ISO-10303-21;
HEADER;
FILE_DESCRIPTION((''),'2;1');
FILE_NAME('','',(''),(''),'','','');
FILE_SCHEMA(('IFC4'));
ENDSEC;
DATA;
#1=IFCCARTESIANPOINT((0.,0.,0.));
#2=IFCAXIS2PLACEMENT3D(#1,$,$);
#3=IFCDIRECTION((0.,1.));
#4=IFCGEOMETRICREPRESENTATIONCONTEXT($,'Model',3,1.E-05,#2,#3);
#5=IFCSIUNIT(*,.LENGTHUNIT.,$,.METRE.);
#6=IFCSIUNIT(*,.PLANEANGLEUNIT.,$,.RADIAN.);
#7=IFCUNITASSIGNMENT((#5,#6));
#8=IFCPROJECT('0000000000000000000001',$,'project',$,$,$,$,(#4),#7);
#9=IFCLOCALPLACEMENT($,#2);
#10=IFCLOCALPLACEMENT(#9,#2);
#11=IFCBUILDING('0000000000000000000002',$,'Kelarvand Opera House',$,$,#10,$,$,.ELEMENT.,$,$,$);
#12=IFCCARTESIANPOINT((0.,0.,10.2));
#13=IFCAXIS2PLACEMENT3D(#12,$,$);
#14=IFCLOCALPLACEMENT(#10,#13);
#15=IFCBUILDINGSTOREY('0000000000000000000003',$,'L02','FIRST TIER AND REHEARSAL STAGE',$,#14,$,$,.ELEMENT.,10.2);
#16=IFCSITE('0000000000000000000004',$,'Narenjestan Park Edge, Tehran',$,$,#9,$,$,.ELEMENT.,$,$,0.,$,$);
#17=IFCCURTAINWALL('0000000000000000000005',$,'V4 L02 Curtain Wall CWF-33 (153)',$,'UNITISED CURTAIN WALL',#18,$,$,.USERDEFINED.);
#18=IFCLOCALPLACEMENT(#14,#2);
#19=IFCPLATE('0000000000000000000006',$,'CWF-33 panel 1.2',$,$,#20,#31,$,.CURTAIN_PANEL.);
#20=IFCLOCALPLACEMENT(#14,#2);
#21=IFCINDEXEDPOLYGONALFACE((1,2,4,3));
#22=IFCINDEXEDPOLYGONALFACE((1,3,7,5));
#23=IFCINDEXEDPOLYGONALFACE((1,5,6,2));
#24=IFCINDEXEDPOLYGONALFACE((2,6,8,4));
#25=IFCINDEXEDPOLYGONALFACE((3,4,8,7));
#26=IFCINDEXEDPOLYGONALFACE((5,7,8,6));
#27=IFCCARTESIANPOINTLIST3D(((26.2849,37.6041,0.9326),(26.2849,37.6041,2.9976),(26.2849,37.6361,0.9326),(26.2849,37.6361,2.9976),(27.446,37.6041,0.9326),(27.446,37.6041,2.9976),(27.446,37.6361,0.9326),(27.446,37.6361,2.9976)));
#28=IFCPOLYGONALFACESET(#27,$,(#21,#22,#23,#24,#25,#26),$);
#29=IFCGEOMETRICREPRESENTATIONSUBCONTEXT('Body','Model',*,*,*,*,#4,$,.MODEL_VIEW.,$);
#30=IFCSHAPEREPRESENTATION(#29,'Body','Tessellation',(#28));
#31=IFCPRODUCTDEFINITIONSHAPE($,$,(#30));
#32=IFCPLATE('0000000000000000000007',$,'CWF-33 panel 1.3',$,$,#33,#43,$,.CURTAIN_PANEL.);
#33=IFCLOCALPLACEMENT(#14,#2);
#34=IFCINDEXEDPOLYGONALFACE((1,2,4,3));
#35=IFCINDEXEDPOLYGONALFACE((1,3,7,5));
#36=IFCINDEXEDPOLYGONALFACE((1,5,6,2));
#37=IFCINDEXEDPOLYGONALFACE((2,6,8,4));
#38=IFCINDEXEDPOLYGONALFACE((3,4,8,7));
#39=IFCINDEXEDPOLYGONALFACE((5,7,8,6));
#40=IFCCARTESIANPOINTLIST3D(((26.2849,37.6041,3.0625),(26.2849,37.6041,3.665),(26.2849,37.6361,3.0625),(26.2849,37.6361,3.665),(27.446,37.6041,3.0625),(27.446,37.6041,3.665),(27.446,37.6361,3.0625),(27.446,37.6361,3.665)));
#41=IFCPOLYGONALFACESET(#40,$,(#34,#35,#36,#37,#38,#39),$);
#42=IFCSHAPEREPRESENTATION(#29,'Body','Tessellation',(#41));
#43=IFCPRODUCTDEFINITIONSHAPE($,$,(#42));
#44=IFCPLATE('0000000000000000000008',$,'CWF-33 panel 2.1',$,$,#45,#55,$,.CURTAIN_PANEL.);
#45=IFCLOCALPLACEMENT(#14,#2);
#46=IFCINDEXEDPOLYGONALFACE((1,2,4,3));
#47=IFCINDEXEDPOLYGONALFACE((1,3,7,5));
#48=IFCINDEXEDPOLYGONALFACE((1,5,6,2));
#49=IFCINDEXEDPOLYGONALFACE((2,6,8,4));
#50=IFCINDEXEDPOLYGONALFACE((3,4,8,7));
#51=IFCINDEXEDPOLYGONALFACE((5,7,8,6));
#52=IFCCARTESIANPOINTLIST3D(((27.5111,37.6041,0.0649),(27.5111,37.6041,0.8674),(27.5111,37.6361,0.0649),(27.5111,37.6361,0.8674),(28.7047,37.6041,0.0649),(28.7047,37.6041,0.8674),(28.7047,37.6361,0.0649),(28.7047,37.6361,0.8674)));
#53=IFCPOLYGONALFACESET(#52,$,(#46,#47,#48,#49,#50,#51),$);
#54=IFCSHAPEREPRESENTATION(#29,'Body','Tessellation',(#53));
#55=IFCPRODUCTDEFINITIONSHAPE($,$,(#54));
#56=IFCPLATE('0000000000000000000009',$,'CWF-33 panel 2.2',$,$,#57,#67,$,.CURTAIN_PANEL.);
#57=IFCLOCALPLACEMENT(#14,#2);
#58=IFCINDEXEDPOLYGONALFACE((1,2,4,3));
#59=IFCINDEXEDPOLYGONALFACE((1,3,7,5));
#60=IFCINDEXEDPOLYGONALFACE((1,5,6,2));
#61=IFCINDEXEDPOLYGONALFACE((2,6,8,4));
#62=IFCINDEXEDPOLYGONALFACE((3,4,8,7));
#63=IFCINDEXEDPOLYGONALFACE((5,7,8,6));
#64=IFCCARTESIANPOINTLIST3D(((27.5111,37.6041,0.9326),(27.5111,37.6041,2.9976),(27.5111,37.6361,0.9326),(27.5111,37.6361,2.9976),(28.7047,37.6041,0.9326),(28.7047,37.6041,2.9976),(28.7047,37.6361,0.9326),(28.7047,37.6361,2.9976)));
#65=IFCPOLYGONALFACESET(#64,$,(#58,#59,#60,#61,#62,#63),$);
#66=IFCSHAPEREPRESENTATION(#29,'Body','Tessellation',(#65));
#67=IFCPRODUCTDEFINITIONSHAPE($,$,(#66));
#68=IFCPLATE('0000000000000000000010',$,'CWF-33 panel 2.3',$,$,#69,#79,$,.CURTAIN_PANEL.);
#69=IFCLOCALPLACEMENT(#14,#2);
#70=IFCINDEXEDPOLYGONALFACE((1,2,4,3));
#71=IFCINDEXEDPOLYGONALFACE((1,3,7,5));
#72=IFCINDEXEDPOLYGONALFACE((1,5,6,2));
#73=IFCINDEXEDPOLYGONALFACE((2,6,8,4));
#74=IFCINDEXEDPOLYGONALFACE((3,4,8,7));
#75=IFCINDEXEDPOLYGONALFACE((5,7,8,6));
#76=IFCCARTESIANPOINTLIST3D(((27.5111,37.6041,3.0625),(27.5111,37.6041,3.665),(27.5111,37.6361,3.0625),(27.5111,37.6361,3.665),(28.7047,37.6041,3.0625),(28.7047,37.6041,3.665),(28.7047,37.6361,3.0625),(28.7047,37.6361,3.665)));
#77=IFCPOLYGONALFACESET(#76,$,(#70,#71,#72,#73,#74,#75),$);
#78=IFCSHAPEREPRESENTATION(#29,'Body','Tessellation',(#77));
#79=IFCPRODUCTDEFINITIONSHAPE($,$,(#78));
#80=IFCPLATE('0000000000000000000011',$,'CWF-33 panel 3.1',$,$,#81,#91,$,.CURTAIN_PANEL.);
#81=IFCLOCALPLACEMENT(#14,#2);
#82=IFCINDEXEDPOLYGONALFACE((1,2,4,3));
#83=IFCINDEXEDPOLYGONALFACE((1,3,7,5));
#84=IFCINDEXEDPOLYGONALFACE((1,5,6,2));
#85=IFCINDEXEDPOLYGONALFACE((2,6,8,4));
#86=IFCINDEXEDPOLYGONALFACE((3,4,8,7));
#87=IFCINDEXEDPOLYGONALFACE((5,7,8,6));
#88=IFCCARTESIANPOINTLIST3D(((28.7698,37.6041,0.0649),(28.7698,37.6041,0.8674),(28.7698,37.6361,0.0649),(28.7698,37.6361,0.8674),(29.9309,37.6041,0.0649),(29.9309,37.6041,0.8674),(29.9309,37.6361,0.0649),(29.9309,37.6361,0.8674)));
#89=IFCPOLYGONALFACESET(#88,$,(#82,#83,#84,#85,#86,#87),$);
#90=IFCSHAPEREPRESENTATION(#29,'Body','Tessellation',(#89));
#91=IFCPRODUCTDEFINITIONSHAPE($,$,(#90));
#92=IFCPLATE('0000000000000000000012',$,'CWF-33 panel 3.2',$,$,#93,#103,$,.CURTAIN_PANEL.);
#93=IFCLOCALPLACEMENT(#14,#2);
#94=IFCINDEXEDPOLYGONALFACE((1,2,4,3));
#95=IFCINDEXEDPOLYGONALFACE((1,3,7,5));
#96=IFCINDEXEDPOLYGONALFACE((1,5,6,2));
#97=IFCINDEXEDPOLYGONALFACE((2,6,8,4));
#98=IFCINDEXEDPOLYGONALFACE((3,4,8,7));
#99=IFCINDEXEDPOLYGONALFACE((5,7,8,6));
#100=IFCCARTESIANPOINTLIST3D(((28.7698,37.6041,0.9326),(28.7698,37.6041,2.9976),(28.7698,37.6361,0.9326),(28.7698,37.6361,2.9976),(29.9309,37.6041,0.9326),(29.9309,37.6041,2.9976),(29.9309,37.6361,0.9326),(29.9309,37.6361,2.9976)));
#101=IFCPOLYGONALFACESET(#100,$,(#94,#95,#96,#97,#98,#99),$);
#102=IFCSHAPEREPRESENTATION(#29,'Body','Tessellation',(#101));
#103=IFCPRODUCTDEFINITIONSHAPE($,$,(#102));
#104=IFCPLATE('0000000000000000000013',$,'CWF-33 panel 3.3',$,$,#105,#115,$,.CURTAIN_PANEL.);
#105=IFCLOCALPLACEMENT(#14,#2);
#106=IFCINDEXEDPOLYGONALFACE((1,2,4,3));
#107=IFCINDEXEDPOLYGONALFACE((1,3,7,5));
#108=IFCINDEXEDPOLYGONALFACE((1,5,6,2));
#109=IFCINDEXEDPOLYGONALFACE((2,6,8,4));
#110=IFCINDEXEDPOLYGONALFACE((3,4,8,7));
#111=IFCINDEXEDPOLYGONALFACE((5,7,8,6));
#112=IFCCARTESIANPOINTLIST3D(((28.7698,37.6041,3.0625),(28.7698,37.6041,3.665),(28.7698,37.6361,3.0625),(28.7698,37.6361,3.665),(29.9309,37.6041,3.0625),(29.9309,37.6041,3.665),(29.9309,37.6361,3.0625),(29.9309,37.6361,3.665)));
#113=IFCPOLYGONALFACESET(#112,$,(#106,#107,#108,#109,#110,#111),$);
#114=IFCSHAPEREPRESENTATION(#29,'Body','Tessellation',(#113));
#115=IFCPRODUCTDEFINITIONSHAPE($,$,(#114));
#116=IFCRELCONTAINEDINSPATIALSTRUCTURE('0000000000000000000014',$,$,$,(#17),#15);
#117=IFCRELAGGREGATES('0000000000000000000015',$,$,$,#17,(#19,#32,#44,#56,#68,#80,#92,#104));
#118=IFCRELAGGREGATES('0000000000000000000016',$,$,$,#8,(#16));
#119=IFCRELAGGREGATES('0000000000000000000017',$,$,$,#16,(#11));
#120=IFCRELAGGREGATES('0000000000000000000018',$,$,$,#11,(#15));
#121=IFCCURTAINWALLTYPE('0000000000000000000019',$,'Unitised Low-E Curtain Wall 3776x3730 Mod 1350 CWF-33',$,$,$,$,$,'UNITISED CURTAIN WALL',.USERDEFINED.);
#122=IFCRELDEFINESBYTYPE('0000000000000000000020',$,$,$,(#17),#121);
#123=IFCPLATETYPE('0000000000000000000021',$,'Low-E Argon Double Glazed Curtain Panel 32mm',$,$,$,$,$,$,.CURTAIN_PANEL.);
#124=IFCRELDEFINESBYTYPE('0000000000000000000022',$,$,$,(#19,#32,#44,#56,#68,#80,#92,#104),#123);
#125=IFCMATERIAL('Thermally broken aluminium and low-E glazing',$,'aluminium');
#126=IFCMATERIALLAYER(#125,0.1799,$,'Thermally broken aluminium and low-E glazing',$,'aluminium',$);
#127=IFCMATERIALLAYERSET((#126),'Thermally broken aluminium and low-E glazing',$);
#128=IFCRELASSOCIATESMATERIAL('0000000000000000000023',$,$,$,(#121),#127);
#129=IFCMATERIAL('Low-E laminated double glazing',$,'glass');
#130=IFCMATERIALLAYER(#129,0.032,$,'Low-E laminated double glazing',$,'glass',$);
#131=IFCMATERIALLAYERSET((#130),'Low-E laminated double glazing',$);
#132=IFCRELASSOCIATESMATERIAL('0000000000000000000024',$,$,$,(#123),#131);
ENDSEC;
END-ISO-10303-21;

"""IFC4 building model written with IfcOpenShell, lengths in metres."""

from ifc_helpers import new_model, si_unit, direction, frame, origin, origin_2d, place, context, subcontext, project, spatial, rectangle, extrude, material, layer, layer_set, type_object, element, aggregate, save


model = new_model("IFC4")

# Units and contexts
model_context = context("Model", 3, precision=1e-05, world=origin(), true_north=direction((0.0, 1.0)))
body_context = subcontext(model_context, "Body", "Model", "MODEL_VIEW")
ifc_project = project(units=[si_unit("LENGTHUNIT", "METRE"), si_unit("PLANEANGLEUNIT", "RADIAN")], contexts=[model_context])

# Site, building, storey
site_placement = place(None, origin())
site = spatial("IfcSite", under=ifc_project, at=site_placement, Name="Narenjestan Park Edge, Tehran", CompositionType="ELEMENT", RefElevation=0.0)
building_placement = place(site_placement, origin())
building = spatial("IfcBuilding", under=site, at=building_placement, Name="Kelarvand Opera House", CompositionType="ELEMENT")
storey_placement = place(building_placement, frame((0.0, 0.0, 10.2)))
storey = spatial("IfcBuildingStorey", under=building, at=storey_placement, Name="L02", Description="FIRST TIER AND REHEARSAL STAGE", CompositionType="ELEMENT", Elevation=10.2)

# Curtain wall
ifc_material_1 = material(Name="Thermally broken aluminium and low-E glazing", Category="aluminium")
ifc_layer_1 = layer(ifc_material_1, 0.1799, Name="Thermally broken aluminium and low-E glazing", Category="aluminium")
ifc_layer_set_1 = layer_set([ifc_layer_1], Name="Thermally broken aluminium and low-E glazing")
curtain_wall_type = type_object("IfcCurtainWallType", Name="Unitised Low-E Curtain Wall 3776x3730 Mod 1350 CWF-33", ElementType="UNITISED CURTAIN WALL", PredefinedType="USERDEFINED", material=ifc_layer_set_1)
curtain_wall_1_placement = place(storey_placement, origin())
curtain_wall_1 = element("IfcCurtainWall", 1, at=curtain_wall_1_placement, inside=storey, type_object=curtain_wall_type, Name="V4 L02 Curtain Wall CWF-33 (153)", ObjectType="UNITISED CURTAIN WALL", PredefinedType="USERDEFINED")

# Plates
ifc_material_2 = material(Name="Low-E laminated double glazing", Category="glass")
ifc_layer_2 = layer(ifc_material_2, 0.032, Name="Low-E laminated double glazing", Category="glass")
ifc_layer_set_2 = layer_set([ifc_layer_2], Name="Low-E laminated double glazing")
plate_type = type_object("IfcPlateType", Name="Low-E Argon Double Glazed Curtain Panel 32mm", PredefinedType="CURTAIN_PANEL", material=ifc_layer_set_2)
plate_1_placement = place(storey_placement, frame((26.8655, 37.6201, 0.9326), z_axis=(0.0, 0.0, 1.0), x_axis=(1.0, 0.0, 0.0)))
plate_1 = element("IfcPlate", 2, at=plate_1_placement, type_object=plate_type, Name="CWF-33 panel 1.2", PredefinedType="CURTAIN_PANEL", context=body_context, shape_type="SweptSolid", body=[
    extrude(rectangle(XDim=1.1611, YDim=0.032, at=origin_2d()), origin(), (0.0, 0.0, 1.0), 2.0649),
])
plate_2_placement = place(storey_placement, frame((26.8655, 37.6201, 3.0625), z_axis=(0.0, 0.0, 1.0), x_axis=(1.0, 0.0, 0.0)))
plate_2 = element("IfcPlate", 3, at=plate_2_placement, type_object=plate_type, Name="CWF-33 panel 1.3", PredefinedType="CURTAIN_PANEL", context=body_context, shape_type="SweptSolid", body=[
    extrude(rectangle(XDim=1.1611, YDim=0.032, at=origin_2d()), origin(), (0.0, 0.0, 1.0), 0.6025),
])
plate_3_placement = place(storey_placement, frame((28.1079, 37.6201, 0.0649), z_axis=(0.0, 0.0, 1.0), x_axis=(1.0, 0.0, 0.0)))
plate_3 = element("IfcPlate", 4, at=plate_3_placement, type_object=plate_type, Name="CWF-33 panel 2.1", PredefinedType="CURTAIN_PANEL", context=body_context, shape_type="SweptSolid", body=[
    extrude(rectangle(XDim=1.1936, YDim=0.032, at=origin_2d()), origin(), (0.0, 0.0, 1.0), 0.8025),
])
plate_4_placement = place(storey_placement, frame((28.1079, 37.6201, 0.9326), z_axis=(0.0, 0.0, 1.0), x_axis=(1.0, 0.0, 0.0)))
plate_4 = element("IfcPlate", 5, at=plate_4_placement, type_object=plate_type, Name="CWF-33 panel 2.2", PredefinedType="CURTAIN_PANEL", context=body_context, shape_type="SweptSolid", body=[
    extrude(rectangle(XDim=1.1936, YDim=0.032, at=origin_2d()), origin(), (0.0, 0.0, 1.0), 2.0649),
])
plate_5_placement = place(storey_placement, frame((28.1079, 37.6201, 3.0625), z_axis=(0.0, 0.0, 1.0), x_axis=(1.0, 0.0, 0.0)))
plate_5 = element("IfcPlate", 6, at=plate_5_placement, type_object=plate_type, Name="CWF-33 panel 2.3", PredefinedType="CURTAIN_PANEL", context=body_context, shape_type="SweptSolid", body=[
    extrude(rectangle(XDim=1.1936, YDim=0.032, at=origin_2d()), origin(), (0.0, 0.0, 1.0), 0.6025),
])
plate_6_placement = place(storey_placement, frame((29.3503, 37.6201, 0.0649), z_axis=(0.0, 0.0, 1.0), x_axis=(1.0, 0.0, 0.0)))
plate_6 = element("IfcPlate", 7, at=plate_6_placement, type_object=plate_type, Name="CWF-33 panel 3.1", PredefinedType="CURTAIN_PANEL", context=body_context, shape_type="SweptSolid", body=[
    extrude(rectangle(XDim=1.1611, YDim=0.032, at=origin_2d()), origin(), (0.0, 0.0, 1.0), 0.8025),
])
plate_7_placement = place(storey_placement, frame((29.3503, 37.6201, 0.9326), z_axis=(0.0, 0.0, 1.0), x_axis=(1.0, 0.0, 0.0)))
plate_7 = element("IfcPlate", 8, at=plate_7_placement, type_object=plate_type, Name="CWF-33 panel 3.2", PredefinedType="CURTAIN_PANEL", context=body_context, shape_type="SweptSolid", body=[
    extrude(rectangle(XDim=1.1611, YDim=0.032, at=origin_2d()), origin(), (0.0, 0.0, 1.0), 2.0649),
])
plate_8_placement = place(storey_placement, frame((29.3503, 37.6201, 3.0625), z_axis=(0.0, 0.0, 1.0), x_axis=(1.0, 0.0, 0.0)))
plate_8 = element("IfcPlate", 9, at=plate_8_placement, type_object=plate_type, Name="CWF-33 panel 3.3", PredefinedType="CURTAIN_PANEL", context=body_context, shape_type="SweptSolid", body=[
    extrude(rectangle(XDim=1.1611, YDim=0.032, at=origin_2d()), origin(), (0.0, 0.0, 1.0), 0.6025),
])
aggregate(curtain_wall_1, [plate_1, plate_2, plate_3, plate_4, plate_5, plate_6, plate_7, plate_8])

save(model, "model.ifc")
